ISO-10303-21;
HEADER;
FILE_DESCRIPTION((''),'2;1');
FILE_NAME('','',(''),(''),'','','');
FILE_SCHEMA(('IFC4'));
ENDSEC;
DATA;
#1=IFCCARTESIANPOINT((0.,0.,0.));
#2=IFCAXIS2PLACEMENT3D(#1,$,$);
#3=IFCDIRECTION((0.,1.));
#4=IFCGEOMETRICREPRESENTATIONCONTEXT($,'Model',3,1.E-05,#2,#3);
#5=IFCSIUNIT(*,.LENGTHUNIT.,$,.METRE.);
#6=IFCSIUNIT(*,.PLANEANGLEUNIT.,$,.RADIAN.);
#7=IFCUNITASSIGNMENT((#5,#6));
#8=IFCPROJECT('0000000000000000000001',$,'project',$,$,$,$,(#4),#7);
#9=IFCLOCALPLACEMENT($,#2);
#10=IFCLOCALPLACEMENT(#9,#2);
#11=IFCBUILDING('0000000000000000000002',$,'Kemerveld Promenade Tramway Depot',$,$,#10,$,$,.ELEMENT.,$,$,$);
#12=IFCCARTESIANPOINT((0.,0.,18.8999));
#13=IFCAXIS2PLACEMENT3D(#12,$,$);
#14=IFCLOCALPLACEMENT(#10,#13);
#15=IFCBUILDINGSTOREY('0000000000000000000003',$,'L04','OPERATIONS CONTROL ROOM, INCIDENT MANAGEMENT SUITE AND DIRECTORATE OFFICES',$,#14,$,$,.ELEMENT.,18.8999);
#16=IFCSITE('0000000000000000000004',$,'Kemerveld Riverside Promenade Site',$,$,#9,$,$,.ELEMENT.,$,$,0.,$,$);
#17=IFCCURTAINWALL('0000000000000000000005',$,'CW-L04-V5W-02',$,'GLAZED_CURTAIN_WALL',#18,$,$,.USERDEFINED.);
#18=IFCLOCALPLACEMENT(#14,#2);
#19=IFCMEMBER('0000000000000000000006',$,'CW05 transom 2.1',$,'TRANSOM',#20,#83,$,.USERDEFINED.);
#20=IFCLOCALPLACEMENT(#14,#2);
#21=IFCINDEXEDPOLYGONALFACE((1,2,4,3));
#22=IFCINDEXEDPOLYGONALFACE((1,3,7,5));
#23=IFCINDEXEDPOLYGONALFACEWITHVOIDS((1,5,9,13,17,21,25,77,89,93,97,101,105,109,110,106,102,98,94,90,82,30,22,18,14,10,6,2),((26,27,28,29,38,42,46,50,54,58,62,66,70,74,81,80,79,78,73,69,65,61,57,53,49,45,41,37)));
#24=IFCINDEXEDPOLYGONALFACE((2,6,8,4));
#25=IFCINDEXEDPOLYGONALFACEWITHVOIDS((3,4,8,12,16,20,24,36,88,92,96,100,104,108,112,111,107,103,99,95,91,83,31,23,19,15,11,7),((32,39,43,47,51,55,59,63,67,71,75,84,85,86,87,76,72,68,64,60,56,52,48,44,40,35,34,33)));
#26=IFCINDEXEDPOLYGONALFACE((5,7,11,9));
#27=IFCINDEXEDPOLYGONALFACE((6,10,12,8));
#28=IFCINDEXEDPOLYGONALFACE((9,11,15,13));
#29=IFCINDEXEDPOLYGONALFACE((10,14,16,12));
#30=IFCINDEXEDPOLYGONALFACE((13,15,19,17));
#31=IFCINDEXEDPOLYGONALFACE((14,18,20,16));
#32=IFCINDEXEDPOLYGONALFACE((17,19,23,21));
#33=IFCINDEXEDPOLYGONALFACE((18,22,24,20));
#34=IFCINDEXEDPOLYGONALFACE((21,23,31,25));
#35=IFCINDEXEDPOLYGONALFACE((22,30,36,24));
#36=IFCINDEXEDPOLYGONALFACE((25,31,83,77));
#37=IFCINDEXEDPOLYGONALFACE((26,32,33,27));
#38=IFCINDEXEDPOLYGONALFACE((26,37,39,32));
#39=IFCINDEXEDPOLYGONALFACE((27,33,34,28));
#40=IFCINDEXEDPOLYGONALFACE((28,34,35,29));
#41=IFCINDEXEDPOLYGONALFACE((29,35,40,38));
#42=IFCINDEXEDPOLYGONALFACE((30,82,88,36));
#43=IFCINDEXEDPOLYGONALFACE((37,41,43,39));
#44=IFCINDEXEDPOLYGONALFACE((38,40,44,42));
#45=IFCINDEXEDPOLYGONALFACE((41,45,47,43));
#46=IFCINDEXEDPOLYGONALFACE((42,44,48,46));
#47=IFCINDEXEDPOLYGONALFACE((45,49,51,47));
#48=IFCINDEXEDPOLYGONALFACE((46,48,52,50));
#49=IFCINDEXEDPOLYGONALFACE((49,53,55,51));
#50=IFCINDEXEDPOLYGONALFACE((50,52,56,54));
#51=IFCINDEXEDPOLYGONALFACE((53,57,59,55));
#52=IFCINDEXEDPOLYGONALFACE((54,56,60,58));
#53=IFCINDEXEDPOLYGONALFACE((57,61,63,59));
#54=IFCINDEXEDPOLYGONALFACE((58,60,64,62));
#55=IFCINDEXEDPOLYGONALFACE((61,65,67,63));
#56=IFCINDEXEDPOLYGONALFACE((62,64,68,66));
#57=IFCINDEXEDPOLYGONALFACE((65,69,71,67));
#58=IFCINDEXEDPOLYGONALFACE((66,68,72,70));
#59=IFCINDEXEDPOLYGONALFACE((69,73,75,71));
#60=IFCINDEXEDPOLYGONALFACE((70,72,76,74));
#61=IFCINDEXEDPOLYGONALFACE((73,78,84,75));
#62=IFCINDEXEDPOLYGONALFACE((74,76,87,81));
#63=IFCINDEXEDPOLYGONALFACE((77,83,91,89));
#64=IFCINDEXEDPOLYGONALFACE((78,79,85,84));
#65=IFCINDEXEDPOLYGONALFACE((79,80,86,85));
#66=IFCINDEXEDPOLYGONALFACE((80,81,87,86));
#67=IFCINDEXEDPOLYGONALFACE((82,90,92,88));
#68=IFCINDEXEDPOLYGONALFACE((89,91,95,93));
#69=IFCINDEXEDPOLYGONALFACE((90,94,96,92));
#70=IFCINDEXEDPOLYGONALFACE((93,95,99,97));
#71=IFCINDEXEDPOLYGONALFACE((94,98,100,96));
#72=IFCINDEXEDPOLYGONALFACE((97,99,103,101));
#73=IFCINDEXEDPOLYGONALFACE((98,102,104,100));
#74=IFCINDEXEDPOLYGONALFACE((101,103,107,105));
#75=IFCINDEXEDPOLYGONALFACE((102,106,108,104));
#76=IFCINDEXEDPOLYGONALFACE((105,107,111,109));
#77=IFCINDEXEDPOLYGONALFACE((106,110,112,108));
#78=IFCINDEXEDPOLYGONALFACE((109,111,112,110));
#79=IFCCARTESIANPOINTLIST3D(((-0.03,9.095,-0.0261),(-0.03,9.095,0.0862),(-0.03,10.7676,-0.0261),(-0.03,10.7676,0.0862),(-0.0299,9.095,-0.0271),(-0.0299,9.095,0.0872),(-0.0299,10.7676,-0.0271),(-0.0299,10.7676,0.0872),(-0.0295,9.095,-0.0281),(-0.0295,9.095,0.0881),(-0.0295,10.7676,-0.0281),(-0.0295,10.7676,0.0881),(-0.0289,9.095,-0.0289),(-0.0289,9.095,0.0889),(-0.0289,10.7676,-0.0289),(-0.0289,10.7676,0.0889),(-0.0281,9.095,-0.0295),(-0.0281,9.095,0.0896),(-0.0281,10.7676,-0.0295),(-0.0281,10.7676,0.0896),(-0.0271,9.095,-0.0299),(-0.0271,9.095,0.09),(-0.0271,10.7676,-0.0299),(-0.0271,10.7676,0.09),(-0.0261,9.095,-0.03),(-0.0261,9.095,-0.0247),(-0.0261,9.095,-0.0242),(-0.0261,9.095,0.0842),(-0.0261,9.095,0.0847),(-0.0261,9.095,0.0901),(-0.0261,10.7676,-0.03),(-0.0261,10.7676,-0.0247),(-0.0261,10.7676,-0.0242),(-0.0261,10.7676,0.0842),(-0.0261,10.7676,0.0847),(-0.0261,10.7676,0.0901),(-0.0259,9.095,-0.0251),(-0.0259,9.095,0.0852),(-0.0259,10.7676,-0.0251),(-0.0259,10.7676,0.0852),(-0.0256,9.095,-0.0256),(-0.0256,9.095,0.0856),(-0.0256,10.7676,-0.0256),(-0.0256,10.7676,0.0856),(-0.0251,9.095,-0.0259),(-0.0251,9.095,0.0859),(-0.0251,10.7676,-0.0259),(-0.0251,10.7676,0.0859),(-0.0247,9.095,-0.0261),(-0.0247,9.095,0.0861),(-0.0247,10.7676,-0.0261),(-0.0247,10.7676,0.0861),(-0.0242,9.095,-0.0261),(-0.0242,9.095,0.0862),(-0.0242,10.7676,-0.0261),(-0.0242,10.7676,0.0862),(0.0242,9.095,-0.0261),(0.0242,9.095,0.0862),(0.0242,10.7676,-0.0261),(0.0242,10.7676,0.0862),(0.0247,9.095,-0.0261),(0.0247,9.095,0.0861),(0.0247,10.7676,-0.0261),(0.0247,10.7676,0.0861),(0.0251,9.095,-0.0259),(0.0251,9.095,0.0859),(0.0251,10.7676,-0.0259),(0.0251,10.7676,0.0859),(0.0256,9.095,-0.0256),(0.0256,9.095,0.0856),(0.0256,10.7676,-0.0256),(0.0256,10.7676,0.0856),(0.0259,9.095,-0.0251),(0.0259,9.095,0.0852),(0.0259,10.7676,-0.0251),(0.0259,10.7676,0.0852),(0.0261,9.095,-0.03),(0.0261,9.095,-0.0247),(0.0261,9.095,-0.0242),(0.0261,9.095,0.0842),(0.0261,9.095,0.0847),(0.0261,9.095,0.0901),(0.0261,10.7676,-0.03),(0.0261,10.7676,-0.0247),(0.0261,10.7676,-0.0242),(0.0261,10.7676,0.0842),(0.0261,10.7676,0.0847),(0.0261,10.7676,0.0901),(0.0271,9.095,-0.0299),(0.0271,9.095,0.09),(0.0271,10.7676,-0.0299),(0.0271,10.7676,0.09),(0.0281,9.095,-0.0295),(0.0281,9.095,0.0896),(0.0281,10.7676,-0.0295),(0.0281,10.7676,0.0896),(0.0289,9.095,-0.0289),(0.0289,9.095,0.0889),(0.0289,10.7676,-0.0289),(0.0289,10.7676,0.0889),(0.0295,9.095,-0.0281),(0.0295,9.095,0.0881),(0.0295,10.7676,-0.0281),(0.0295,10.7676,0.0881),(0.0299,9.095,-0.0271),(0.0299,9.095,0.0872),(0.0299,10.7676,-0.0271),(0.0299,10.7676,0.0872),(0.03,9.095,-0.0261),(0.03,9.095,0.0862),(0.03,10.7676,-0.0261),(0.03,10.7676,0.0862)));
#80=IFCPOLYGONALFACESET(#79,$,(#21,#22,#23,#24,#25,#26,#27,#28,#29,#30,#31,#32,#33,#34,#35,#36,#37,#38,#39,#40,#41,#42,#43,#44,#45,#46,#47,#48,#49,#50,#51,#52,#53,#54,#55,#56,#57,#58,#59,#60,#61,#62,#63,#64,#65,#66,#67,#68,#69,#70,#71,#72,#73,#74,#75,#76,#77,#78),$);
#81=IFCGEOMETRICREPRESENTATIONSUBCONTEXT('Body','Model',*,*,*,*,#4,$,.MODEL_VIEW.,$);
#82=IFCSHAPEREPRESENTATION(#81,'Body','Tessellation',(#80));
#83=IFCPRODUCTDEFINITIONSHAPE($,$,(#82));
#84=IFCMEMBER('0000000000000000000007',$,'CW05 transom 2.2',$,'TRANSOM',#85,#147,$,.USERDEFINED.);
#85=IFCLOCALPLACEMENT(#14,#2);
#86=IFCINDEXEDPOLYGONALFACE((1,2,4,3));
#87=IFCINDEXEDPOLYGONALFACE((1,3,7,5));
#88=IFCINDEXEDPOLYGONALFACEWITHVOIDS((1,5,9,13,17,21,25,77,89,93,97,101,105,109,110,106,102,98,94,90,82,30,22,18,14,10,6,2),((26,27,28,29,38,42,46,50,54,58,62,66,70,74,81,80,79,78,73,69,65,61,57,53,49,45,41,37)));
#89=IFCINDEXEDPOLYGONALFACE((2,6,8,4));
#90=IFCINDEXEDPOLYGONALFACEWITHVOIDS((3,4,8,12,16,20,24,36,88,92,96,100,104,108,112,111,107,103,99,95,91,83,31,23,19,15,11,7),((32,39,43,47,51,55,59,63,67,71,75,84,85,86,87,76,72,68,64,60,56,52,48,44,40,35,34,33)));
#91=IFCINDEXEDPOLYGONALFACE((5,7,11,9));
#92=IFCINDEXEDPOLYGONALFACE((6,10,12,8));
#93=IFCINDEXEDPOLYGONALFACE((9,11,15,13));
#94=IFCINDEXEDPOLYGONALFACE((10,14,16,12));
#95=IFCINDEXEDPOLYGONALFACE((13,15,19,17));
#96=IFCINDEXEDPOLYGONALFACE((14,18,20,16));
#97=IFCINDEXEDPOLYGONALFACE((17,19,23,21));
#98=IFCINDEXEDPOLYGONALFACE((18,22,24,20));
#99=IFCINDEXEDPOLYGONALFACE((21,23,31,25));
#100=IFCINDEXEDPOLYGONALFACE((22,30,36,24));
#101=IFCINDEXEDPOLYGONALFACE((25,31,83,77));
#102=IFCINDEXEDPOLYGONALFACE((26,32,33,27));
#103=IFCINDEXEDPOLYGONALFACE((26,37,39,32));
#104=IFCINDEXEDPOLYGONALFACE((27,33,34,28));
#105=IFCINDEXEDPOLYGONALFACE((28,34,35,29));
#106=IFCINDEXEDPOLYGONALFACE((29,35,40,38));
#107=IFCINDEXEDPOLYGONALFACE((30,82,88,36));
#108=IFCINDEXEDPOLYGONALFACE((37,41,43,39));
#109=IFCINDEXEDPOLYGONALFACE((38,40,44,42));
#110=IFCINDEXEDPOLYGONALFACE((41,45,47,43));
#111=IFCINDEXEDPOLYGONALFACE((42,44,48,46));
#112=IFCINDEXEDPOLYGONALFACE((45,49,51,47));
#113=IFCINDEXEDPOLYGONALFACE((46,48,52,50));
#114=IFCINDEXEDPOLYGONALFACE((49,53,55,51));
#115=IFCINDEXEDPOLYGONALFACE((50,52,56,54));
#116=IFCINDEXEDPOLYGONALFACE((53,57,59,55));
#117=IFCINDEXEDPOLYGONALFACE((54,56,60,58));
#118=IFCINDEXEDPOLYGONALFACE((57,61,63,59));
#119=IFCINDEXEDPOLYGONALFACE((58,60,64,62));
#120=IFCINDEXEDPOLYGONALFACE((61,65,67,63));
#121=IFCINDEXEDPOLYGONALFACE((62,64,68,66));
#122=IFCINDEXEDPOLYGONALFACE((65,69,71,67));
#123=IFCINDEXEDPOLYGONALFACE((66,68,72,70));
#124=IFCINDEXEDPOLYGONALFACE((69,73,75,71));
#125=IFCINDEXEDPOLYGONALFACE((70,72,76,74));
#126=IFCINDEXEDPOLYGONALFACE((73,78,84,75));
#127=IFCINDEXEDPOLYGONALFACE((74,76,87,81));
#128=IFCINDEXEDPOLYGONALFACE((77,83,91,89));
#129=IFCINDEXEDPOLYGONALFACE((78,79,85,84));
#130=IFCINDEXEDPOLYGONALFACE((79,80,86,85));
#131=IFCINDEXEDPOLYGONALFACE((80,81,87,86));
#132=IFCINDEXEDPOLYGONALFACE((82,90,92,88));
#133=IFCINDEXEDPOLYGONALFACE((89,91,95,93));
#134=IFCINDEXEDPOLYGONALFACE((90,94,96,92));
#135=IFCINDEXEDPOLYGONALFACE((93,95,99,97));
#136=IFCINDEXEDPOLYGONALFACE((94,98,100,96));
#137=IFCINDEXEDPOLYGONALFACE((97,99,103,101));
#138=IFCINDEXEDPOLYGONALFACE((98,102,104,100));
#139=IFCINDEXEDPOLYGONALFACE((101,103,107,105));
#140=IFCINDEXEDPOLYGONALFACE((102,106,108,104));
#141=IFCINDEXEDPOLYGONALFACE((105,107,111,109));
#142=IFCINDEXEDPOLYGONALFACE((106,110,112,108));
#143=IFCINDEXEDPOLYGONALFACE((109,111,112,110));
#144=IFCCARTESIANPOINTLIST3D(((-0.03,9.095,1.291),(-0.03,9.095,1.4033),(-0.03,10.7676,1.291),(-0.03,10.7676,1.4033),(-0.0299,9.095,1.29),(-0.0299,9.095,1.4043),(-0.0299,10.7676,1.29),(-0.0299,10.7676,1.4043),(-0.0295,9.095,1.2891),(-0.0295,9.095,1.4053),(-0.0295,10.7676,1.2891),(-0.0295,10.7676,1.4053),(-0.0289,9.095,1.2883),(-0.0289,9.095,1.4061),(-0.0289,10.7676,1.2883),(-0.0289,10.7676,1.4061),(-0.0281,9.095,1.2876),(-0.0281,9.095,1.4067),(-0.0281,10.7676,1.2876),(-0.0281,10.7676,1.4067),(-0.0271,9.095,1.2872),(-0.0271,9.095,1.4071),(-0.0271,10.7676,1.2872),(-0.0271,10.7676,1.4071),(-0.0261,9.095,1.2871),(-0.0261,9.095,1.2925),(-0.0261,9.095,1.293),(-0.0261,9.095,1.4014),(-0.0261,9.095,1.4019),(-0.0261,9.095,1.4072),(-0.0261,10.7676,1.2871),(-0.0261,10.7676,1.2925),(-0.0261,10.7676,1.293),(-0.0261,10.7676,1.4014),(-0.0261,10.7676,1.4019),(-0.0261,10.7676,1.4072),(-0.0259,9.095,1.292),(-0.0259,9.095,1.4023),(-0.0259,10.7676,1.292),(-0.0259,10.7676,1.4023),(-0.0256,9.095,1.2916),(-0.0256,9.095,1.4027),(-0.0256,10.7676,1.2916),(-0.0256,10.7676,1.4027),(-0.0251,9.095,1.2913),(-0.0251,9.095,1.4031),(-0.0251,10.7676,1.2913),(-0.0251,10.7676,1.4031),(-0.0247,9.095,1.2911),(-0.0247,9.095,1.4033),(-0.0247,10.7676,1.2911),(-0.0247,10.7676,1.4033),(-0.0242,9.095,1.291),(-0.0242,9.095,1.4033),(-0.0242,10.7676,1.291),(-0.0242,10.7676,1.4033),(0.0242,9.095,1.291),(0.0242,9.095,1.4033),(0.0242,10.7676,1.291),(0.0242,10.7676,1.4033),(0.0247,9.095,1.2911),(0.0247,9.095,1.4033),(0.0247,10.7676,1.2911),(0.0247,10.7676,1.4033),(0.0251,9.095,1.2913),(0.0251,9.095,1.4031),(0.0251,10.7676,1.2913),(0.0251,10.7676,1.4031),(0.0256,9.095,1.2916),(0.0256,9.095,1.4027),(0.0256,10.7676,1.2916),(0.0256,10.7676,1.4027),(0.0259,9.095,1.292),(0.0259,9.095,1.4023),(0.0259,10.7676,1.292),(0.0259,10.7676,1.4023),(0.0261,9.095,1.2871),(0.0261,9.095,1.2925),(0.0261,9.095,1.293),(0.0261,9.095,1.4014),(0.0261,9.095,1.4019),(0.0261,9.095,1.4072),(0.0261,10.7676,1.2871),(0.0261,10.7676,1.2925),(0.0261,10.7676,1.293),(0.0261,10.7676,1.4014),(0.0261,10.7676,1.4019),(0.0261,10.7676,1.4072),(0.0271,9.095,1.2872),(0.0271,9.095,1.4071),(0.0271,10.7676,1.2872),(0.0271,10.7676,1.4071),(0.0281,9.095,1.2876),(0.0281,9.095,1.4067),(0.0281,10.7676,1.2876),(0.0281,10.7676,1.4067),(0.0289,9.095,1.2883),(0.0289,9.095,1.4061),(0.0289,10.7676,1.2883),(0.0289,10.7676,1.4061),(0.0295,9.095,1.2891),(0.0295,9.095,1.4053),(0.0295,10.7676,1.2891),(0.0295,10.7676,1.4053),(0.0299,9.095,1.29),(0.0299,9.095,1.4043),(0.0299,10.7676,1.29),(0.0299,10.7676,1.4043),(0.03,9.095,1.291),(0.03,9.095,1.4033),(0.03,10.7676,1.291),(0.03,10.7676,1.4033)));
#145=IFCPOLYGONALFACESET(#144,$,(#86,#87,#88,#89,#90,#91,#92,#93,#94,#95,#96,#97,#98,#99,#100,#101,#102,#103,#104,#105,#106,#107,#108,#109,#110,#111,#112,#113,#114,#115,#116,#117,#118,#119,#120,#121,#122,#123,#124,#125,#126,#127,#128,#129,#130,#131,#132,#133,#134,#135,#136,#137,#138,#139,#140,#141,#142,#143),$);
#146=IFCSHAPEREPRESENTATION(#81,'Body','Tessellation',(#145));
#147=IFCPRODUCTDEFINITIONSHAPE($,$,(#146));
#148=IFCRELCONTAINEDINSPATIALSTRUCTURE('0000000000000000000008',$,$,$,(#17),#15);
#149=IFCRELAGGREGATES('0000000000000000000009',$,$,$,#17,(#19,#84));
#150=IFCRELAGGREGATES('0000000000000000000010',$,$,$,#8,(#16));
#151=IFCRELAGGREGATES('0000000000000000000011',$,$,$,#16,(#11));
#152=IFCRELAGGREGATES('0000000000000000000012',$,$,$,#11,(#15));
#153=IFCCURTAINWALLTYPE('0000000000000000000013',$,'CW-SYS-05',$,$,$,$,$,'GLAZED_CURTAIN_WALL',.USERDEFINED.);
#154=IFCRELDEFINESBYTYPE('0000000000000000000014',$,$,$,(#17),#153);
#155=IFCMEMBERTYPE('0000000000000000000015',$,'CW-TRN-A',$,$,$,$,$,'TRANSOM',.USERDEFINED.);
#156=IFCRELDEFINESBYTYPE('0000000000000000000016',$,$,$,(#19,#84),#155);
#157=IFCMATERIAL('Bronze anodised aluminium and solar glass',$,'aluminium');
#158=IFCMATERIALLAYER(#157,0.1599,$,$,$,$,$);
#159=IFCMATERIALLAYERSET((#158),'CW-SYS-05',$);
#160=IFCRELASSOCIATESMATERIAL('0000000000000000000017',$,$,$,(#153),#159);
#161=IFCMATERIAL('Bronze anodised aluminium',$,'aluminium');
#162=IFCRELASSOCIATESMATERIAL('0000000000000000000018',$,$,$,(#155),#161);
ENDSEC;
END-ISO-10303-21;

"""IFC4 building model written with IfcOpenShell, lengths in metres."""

from ifc_helpers import new_model, si_unit, direction, frame, origin, origin_2d, place, context, subcontext, project, spatial, hollow_rectangle, extrude, material, layer, layer_set, material_profile, profile_set, type_object, element, aggregate, save


model = new_model("IFC4")

# Units and contexts
model_context = context("Model", 3, precision=1e-05, world=origin(), true_north=direction((0.0, 1.0)))
body_context = subcontext(model_context, "Body", "Model", "MODEL_VIEW")
ifc_project = project(units=[si_unit("LENGTHUNIT", "METRE"), si_unit("PLANEANGLEUNIT", "RADIAN")], contexts=[model_context])

# Site, building, storey
site_placement = place(None, origin())
site = spatial("IfcSite", under=ifc_project, at=site_placement, Name="Kemerveld Riverside Promenade Site", CompositionType="ELEMENT", RefElevation=0.0)
building_placement = place(site_placement, origin())
building = spatial("IfcBuilding", under=site, at=building_placement, Name="Kemerveld Promenade Tramway Depot", CompositionType="ELEMENT")
storey_placement = place(building_placement, frame((0.0, 0.0, 18.8999)))
storey = spatial("IfcBuildingStorey", under=building, at=storey_placement, Name="L04", Description="OPERATIONS CONTROL ROOM, INCIDENT MANAGEMENT SUITE AND DIRECTORATE OFFICES", CompositionType="ELEMENT", Elevation=18.8999)

# Curtain wall, members
ifc_material_1 = material(Name="Bronze anodised aluminium and solar glass", Category="aluminium")
ifc_layer_1 = layer(ifc_material_1, 0.1599)
ifc_layer_set_1 = layer_set([ifc_layer_1], Name="CW-SYS-05")
curtain_wall_type = type_object("IfcCurtainWallType", Name="CW-SYS-05", ElementType="GLAZED_CURTAIN_WALL", PredefinedType="USERDEFINED", material=ifc_layer_set_1)
curtain_wall_placement = place(storey_placement, origin())
curtain_wall = element("IfcCurtainWall", 1, at=curtain_wall_placement, inside=storey, type_object=curtain_wall_type, Name="CW-L04-V5W-02", ObjectType="GLAZED_CURTAIN_WALL", PredefinedType="USERDEFINED")
ifc_material_2 = material(Name="Bronze anodised aluminium", Category="aluminium")
ifc_material_profile_1 = material_profile(ifc_material_2, hollow_rectangle(XDim=0.0601, YDim=0.1201, WallThickness=0.0039, InnerFilletRadius=0.002, OuterFilletRadius=0.0039, at=origin_2d()), Name="CW-TRN-120x60")
ifc_profile_set_1 = profile_set([ifc_material_profile_1], Name="Bronze anodised aluminium")
member_type_1 = type_object("IfcMemberType", Name="CW-TRN-A", ElementType="TRANSOM", PredefinedType="USERDEFINED", material=ifc_profile_set_1)
member_1_placement = place(storey_placement, frame((0.0, 9.095, 0.03), z_axis=(0.0, 1.0, 0.0), x_axis=(-1.0, 0.0, 0.0)))
member_1 = element("IfcMember", 2, at=member_1_placement, type_object=member_type_1, Name="CW05 transom 2.1", ObjectType="TRANSOM", PredefinedType="USERDEFINED", context=body_context, shape_type="SweptSolid", body=[
    extrude(hollow_rectangle(XDim=0.0601, YDim=0.1201, WallThickness=0.0039, InnerFilletRadius=0.002, OuterFilletRadius=0.0039, at=origin_2d()), origin(), (0.0, 0.0, 1.0), 1.6726),
])
member_2_placement = place(storey_placement, frame((0.0, 9.095, 1.3472), z_axis=(0.0, 1.0, 0.0), x_axis=(-1.0, 0.0, 0.0)))
member_2 = element("IfcMember", 3, at=member_2_placement, type_object=member_type_1, Name="CW05 transom 2.2", ObjectType="TRANSOM", PredefinedType="USERDEFINED", context=body_context, shape_type="SweptSolid", body=[
    extrude(hollow_rectangle(XDim=0.0601, YDim=0.1201, WallThickness=0.0039, InnerFilletRadius=0.002, OuterFilletRadius=0.0039, at=origin_2d()), origin(), (0.0, 0.0, 1.0), 1.6726),
])
aggregate(curtain_wall, [member_1, member_2])

save(model, "model.ifc")
